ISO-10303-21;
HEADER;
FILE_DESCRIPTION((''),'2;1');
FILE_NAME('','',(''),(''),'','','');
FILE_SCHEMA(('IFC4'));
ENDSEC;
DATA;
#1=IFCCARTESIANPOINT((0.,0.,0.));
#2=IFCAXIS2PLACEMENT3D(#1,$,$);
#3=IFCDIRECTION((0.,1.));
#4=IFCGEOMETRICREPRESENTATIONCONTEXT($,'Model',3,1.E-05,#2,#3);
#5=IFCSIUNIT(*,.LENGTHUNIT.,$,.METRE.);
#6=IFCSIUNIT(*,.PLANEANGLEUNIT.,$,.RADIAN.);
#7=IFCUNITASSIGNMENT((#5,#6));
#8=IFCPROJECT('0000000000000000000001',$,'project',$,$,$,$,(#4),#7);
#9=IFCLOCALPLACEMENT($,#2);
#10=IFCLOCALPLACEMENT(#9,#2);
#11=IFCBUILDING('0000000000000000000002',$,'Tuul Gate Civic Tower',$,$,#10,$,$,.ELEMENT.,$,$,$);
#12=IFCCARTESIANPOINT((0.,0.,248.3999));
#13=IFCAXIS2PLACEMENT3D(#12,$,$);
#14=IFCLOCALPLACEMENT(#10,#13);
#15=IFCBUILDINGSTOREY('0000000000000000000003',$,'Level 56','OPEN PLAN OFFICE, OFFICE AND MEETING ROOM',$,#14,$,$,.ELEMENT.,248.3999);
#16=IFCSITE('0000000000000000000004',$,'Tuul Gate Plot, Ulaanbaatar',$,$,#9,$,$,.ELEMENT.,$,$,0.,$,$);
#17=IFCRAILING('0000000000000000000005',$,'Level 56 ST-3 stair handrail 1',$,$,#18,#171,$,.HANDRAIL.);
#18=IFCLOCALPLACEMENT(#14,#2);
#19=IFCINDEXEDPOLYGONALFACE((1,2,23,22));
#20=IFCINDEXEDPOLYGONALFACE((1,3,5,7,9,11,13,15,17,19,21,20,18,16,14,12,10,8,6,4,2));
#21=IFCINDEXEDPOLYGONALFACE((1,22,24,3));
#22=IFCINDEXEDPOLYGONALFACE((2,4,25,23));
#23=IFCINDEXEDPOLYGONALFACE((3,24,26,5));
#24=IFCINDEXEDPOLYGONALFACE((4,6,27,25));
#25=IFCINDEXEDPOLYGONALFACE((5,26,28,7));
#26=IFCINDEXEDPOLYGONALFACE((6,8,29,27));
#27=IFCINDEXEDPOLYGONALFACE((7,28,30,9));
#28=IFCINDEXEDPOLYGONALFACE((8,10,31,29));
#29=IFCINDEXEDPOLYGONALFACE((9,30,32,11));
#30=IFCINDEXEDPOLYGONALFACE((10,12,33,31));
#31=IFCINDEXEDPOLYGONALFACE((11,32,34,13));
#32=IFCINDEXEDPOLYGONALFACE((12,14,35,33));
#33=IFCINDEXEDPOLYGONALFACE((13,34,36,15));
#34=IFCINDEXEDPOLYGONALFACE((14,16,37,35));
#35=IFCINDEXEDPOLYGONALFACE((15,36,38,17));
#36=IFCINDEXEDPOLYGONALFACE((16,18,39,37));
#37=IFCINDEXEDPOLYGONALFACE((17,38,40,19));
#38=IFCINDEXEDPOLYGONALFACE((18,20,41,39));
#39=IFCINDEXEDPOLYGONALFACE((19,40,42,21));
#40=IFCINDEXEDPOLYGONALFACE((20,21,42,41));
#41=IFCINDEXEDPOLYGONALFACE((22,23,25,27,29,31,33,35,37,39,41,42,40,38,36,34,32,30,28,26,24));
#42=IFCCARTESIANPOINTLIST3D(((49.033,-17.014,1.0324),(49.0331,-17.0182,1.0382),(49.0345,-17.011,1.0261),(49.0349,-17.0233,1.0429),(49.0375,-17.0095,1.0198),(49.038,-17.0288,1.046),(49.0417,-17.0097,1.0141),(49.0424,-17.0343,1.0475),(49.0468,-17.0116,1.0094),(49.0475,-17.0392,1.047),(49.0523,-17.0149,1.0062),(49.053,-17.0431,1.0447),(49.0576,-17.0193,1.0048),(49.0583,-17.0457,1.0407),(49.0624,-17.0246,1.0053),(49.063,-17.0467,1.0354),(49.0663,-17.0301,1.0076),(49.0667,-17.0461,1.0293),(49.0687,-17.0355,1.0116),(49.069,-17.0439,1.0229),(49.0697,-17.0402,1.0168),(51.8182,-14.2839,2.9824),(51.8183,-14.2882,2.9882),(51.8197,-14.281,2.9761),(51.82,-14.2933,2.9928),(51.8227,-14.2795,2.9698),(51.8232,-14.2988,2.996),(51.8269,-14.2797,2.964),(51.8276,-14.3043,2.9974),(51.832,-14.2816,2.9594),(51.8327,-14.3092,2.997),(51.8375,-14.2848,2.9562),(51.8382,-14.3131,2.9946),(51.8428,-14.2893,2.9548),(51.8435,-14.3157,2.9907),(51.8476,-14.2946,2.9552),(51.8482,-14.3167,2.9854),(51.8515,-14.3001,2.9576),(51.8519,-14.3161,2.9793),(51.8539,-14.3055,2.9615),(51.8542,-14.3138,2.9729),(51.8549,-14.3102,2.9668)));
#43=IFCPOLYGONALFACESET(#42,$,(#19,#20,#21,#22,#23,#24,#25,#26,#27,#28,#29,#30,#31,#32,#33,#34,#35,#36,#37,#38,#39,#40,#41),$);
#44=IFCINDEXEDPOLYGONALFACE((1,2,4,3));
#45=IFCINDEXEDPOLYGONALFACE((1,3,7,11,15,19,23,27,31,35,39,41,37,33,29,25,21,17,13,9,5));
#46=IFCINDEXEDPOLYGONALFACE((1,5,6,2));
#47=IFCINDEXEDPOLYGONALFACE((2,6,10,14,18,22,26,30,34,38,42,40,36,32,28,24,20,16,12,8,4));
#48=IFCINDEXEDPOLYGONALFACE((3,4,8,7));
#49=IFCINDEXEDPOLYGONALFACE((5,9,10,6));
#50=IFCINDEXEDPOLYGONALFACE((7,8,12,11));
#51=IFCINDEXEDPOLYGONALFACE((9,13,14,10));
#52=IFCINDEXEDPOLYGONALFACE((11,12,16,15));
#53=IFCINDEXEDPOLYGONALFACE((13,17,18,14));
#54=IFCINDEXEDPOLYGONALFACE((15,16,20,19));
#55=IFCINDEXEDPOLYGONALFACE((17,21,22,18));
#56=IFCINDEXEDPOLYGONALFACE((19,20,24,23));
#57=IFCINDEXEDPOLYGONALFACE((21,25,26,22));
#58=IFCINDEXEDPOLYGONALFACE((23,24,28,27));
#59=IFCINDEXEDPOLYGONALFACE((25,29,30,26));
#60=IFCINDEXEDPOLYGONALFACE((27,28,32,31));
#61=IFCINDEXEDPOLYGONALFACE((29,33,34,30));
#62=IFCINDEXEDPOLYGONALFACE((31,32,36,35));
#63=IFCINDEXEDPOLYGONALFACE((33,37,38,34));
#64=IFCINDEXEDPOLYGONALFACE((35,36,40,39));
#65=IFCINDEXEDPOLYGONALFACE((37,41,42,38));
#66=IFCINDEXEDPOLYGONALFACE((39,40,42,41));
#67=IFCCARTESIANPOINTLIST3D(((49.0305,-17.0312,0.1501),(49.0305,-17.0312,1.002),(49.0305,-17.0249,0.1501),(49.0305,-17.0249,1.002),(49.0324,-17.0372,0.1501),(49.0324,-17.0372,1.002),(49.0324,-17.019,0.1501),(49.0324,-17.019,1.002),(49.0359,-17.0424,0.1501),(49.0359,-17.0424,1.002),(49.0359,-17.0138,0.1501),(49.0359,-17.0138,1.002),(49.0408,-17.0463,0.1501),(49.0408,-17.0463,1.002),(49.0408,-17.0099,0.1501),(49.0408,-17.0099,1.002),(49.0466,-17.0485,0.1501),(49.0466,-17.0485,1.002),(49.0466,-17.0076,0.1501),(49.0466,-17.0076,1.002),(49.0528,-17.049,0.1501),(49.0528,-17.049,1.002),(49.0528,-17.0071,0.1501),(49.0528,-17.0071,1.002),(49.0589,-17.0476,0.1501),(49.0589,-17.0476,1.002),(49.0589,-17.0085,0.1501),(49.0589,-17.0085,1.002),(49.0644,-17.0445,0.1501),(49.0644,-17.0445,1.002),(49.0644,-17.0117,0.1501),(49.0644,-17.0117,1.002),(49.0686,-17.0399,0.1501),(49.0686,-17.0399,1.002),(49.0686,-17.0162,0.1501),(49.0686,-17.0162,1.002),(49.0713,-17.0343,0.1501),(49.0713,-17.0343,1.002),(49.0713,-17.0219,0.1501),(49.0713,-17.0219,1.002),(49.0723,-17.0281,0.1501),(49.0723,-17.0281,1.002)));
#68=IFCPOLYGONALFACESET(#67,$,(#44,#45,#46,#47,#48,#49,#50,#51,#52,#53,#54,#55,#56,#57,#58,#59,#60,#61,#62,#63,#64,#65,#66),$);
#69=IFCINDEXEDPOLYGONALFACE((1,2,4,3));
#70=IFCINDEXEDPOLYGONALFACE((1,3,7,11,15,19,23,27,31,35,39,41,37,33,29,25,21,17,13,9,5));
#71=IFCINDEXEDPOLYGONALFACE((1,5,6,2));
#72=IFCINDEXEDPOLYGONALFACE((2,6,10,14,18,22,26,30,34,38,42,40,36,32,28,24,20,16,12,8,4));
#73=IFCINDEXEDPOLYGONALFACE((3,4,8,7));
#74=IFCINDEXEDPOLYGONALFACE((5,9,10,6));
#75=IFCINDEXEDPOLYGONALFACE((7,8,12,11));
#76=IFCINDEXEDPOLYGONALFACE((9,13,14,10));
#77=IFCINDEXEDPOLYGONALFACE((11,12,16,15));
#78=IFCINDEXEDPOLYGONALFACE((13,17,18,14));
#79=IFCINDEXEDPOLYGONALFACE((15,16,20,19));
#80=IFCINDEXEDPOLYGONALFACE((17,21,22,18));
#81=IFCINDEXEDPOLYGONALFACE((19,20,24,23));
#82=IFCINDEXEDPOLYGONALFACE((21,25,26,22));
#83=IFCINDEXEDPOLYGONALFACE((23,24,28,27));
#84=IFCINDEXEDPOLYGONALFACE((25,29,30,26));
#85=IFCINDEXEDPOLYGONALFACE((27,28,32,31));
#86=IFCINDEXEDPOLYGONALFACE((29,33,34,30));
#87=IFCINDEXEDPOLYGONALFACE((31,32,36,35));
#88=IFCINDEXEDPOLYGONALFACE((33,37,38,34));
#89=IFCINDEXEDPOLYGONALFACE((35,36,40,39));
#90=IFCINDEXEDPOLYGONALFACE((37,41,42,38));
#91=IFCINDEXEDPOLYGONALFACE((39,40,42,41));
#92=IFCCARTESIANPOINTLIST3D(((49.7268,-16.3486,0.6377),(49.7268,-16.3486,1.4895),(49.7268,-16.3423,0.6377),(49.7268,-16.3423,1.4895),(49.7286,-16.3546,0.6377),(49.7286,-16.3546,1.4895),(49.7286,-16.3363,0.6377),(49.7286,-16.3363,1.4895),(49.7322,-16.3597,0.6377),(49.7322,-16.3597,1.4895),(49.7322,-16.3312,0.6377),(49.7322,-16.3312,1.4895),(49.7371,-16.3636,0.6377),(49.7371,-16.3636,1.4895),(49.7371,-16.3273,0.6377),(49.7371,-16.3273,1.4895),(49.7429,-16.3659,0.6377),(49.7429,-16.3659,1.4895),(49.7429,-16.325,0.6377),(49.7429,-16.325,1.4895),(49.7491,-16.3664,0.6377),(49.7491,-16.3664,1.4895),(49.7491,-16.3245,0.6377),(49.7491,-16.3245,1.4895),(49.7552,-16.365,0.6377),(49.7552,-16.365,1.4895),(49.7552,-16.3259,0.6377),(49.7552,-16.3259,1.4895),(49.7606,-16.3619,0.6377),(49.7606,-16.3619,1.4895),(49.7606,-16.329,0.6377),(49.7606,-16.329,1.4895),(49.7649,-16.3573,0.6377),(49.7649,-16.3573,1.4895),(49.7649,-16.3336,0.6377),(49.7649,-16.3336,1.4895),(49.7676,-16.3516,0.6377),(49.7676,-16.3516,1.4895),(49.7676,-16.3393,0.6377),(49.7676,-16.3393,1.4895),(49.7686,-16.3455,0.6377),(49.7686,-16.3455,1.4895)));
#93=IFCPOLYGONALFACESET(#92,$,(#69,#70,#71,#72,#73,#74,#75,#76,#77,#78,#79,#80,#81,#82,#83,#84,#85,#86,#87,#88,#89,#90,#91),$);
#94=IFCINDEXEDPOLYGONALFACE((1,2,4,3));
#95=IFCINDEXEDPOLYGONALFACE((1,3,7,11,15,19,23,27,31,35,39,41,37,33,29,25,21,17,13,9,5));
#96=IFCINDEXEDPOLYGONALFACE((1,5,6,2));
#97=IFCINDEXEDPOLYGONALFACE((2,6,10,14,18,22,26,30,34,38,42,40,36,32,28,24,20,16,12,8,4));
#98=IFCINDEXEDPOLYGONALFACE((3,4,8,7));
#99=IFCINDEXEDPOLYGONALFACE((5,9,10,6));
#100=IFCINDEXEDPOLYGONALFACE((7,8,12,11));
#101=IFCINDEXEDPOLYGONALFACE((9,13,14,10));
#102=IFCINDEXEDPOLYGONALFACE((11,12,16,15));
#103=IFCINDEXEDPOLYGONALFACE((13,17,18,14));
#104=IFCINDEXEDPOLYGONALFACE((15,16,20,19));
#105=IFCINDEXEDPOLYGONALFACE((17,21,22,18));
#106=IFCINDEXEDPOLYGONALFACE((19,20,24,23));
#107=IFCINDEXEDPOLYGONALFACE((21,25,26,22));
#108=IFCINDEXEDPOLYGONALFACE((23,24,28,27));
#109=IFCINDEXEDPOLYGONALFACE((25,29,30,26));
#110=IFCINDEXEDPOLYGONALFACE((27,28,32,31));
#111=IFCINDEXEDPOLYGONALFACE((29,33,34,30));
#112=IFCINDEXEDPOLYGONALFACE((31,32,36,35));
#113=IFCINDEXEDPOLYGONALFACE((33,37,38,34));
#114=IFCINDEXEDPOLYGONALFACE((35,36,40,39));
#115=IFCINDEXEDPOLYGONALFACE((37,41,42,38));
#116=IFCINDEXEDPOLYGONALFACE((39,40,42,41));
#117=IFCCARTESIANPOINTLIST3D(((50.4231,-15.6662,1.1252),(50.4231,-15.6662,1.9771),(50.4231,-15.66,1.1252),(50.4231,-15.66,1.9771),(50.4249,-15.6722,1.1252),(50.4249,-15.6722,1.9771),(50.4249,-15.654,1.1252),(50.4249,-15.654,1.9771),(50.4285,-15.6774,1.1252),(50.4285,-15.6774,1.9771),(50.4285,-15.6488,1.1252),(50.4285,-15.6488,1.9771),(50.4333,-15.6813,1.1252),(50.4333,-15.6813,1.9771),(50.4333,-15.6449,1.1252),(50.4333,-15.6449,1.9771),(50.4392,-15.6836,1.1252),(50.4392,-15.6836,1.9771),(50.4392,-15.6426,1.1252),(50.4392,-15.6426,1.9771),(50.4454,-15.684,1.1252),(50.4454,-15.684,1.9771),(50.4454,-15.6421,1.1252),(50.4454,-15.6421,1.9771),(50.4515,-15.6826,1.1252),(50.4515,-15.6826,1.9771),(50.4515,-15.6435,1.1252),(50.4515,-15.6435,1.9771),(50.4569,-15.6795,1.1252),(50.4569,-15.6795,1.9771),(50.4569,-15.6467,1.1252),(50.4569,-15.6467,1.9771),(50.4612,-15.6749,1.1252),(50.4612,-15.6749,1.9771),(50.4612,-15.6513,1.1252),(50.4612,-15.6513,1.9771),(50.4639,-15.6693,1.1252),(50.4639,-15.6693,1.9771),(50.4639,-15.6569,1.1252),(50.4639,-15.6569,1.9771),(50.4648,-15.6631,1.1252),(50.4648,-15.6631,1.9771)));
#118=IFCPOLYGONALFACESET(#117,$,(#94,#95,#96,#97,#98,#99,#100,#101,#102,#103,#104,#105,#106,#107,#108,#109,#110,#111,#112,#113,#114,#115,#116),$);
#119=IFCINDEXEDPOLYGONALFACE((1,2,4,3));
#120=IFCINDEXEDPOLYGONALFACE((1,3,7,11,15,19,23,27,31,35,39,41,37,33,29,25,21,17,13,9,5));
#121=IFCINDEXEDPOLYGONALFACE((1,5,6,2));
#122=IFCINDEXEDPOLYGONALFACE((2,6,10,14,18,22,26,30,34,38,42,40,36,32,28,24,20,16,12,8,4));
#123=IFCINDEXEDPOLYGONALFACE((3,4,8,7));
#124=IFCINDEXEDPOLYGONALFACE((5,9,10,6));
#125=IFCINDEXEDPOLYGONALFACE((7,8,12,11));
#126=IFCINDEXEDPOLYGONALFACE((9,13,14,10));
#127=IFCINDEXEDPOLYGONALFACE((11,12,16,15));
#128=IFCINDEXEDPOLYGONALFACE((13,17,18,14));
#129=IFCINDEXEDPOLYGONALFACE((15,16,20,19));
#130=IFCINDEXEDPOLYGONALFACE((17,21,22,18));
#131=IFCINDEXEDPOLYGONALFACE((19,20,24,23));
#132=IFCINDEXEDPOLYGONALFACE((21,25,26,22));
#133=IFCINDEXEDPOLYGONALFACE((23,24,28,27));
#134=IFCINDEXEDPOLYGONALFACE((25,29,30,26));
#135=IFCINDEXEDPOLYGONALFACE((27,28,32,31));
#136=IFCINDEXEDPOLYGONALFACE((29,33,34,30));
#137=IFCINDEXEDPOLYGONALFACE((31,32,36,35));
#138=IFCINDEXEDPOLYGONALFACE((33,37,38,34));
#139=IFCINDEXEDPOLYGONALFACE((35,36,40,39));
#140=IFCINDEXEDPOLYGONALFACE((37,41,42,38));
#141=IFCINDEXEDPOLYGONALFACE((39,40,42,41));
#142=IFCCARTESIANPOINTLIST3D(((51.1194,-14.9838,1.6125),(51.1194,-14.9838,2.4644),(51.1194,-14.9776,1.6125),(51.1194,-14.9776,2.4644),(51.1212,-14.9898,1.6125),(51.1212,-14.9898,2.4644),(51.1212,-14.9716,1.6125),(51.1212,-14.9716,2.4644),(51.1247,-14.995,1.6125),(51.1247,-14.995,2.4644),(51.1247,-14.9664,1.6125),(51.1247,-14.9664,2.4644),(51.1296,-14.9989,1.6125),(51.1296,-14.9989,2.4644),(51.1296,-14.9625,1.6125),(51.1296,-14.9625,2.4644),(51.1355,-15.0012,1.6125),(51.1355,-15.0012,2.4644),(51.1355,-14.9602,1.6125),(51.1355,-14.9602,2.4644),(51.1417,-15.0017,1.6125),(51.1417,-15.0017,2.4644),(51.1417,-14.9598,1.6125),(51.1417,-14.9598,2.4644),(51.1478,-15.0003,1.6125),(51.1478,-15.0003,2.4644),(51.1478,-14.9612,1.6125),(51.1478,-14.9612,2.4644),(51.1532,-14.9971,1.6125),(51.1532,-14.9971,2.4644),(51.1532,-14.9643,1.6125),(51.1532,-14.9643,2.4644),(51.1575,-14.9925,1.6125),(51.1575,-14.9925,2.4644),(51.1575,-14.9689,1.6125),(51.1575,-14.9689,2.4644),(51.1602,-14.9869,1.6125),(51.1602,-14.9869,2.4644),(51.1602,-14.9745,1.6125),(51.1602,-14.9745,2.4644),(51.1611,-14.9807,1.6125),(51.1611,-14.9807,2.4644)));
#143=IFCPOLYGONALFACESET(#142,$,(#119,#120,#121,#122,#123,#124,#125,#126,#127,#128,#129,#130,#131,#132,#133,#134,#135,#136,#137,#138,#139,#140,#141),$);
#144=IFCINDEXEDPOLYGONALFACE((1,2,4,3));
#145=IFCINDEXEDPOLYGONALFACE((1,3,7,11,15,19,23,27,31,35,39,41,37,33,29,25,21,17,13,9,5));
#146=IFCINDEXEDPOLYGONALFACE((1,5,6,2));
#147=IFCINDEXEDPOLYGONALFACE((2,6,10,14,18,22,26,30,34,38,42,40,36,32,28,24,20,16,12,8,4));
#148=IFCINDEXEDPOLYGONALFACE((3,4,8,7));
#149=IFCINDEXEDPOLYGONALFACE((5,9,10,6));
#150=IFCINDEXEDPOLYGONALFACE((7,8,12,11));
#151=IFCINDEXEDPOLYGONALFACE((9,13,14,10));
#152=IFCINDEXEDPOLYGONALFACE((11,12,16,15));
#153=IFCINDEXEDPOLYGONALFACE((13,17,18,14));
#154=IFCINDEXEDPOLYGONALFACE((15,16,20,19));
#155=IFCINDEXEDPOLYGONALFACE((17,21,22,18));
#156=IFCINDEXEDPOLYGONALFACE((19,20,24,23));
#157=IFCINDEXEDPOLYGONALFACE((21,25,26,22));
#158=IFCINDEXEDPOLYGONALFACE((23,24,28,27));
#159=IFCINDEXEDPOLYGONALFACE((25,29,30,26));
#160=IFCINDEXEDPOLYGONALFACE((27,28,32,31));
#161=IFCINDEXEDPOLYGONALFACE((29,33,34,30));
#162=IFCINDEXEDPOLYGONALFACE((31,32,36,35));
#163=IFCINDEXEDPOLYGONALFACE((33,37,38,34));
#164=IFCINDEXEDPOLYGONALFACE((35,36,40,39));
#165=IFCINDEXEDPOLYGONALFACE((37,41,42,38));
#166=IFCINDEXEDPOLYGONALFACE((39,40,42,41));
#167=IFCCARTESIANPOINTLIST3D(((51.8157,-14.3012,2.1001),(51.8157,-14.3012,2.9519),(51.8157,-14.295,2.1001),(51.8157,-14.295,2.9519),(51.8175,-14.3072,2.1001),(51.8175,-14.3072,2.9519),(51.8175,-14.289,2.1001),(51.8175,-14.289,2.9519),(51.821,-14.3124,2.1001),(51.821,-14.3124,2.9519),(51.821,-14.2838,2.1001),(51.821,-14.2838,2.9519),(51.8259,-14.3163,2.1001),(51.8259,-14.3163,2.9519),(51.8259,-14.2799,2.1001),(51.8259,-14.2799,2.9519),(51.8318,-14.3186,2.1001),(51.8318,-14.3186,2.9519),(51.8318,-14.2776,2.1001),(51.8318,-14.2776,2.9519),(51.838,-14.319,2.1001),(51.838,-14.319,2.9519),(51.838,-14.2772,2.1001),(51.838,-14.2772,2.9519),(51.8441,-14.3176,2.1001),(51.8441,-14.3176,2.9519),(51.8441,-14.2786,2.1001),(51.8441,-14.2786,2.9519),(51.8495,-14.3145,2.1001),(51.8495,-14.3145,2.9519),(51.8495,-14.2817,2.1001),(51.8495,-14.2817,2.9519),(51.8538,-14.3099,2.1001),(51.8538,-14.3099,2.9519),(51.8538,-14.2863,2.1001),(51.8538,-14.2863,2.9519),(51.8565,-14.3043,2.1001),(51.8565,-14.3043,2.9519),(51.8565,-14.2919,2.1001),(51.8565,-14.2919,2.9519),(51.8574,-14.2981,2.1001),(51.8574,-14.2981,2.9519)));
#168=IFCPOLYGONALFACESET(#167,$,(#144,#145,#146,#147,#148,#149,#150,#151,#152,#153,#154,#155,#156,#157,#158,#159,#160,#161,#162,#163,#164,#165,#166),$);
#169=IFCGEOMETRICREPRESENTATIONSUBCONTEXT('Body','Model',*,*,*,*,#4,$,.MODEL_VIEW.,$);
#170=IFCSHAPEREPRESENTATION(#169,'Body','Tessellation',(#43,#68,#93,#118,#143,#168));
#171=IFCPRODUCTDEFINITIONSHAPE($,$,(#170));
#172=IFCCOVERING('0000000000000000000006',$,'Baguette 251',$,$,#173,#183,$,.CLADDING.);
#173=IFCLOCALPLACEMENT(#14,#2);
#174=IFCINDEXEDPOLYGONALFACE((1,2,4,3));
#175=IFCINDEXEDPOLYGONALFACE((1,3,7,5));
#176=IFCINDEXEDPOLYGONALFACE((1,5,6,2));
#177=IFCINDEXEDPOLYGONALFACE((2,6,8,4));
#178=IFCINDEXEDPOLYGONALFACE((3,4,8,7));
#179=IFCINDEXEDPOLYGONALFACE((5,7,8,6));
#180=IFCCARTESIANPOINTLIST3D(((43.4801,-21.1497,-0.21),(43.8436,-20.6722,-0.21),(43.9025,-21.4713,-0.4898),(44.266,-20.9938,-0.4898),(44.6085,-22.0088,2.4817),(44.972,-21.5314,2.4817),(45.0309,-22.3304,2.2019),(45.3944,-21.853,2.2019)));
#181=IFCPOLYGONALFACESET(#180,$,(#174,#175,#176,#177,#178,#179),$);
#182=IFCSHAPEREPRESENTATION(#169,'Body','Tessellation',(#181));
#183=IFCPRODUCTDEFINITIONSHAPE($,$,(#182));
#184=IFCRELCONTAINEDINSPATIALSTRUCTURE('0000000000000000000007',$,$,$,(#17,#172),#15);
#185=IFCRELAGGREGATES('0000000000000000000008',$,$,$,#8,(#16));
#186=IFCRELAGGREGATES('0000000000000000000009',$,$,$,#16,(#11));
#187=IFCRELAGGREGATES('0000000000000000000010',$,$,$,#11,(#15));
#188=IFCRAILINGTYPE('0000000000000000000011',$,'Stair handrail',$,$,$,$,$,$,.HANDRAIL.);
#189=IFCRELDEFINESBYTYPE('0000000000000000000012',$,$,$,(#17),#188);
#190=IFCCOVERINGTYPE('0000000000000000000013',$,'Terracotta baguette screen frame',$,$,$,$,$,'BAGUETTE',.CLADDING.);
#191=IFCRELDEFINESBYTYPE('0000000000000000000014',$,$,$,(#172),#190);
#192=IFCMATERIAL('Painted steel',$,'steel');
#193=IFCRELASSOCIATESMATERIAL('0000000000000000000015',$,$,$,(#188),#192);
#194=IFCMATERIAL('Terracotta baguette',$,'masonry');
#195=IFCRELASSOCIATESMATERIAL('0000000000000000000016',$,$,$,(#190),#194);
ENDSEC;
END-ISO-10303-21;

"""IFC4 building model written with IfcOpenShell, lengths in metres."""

from ifc_helpers import new_model, si_unit, direction, frame, origin, origin_2d, place, context, subcontext, project, spatial, rectangle, circle, extrude, material, material_profile, profile_set, type_object, element, save


model = new_model("IFC4")

# Units and contexts
model_context = context("Model", 3, precision=1e-05, world=origin(), true_north=direction((0.0, 1.0)))
body_context = subcontext(model_context, "Body", "Model", "MODEL_VIEW")
ifc_project = project(units=[si_unit("LENGTHUNIT", "METRE"), si_unit("PLANEANGLEUNIT", "RADIAN")], contexts=[model_context])

# Site, building, storey
site_placement = place(None, origin())
site = spatial("IfcSite", under=ifc_project, at=site_placement, Name="Tuul Gate Plot, Ulaanbaatar", CompositionType="ELEMENT", RefElevation=0.0)
building_placement = place(site_placement, origin())
building = spatial("IfcBuilding", under=site, at=building_placement, Name="Tuul Gate Civic Tower", CompositionType="ELEMENT")
storey_placement = place(building_placement, frame((0.0, 0.0, 248.3999)))
storey = spatial("IfcBuildingStorey", under=building, at=storey_placement, Name="Level 56", Description="OPEN PLAN OFFICE, OFFICE AND MEETING ROOM", CompositionType="ELEMENT", Elevation=248.3999)

# Railing
ifc_material_1 = material(Name="Painted steel", Category="steel")
railing_type_1 = type_object("IfcRailingType", Name="Stair handrail", PredefinedType="HANDRAIL", material=ifc_material_1)
railing_1_placement = place(storey_placement, frame((49.0513, -17.0281, 0.1501)))
element("IfcRailing", 1, at=railing_1_placement, inside=storey, type_object=railing_type_1, Name="Level 56 ST-3 stair handrail 1", PredefinedType="HANDRAIL", context=body_context, shape_type="SweptSolid", body=[
    extrude(circle(Radius=0.0239, at=origin_2d()), frame((0.0, 0.0, 0.876), z_axis=(0.638754, 0.6261, 0.447206), x_axis=(-0.699998, 0.714145, 0.0)), (0.0, 0.0, 1.0), 4.3604),
    extrude(circle(Radius=0.021, at=origin_2d()), origin(), (0.0, 0.0, 1.0), 0.8518),
    extrude(circle(Radius=0.021, at=origin_2d()), frame((0.6963, 0.6826, 0.4875)), (0.0, 0.0, 1.0), 0.8518),
    extrude(circle(Radius=0.021, at=origin_2d()), frame((1.3926, 1.365, 0.9751)), (0.0, 0.0, 1.0), 0.8518),
    extrude(circle(Radius=0.021, at=origin_2d()), frame((2.0889, 2.0474, 1.4624)), (0.0, 0.0, 1.0), 0.8518),
    extrude(circle(Radius=0.021, at=origin_2d()), frame((2.7852, 2.73, 1.95)), (0.0, 0.0, 1.0), 0.8518),
])

# Covering
ifc_material_2 = material(Name="Terracotta baguette", Category="masonry")
ifc_material_profile_1 = material_profile(ifc_material_2, rectangle(XDim=0.6001, YDim=0.6001, at=origin_2d()), Name="Terracotta baguette screen frame")
ifc_profile_set_1 = profile_set([ifc_material_profile_1], Name="Terracotta baguette")
covering_type = type_object("IfcCoveringType", Name="Terracotta baguette screen frame", ElementType="BAGUETTE", PredefinedType="CLADDING", material=ifc_profile_set_1)
covering_placement = place(storey_placement, frame((45.0015, -21.9309, 2.3418), z_axis=(-0.370893, 0.282383, -0.884702), x_axis=(-0.605768, -0.795641, 0.0)))
element("IfcCovering", 2, at=covering_placement, inside=storey, type_object=covering_type, Name="Baguette 251", PredefinedType="CLADDING", context=body_context, shape_type="SweptSolid", body=[
    extrude(rectangle(XDim=0.6001, YDim=0.6001, at=origin_2d()), origin(), (0.0, 0.0, 1.0), 3.0425),
])

save(model, "model.ifc")
